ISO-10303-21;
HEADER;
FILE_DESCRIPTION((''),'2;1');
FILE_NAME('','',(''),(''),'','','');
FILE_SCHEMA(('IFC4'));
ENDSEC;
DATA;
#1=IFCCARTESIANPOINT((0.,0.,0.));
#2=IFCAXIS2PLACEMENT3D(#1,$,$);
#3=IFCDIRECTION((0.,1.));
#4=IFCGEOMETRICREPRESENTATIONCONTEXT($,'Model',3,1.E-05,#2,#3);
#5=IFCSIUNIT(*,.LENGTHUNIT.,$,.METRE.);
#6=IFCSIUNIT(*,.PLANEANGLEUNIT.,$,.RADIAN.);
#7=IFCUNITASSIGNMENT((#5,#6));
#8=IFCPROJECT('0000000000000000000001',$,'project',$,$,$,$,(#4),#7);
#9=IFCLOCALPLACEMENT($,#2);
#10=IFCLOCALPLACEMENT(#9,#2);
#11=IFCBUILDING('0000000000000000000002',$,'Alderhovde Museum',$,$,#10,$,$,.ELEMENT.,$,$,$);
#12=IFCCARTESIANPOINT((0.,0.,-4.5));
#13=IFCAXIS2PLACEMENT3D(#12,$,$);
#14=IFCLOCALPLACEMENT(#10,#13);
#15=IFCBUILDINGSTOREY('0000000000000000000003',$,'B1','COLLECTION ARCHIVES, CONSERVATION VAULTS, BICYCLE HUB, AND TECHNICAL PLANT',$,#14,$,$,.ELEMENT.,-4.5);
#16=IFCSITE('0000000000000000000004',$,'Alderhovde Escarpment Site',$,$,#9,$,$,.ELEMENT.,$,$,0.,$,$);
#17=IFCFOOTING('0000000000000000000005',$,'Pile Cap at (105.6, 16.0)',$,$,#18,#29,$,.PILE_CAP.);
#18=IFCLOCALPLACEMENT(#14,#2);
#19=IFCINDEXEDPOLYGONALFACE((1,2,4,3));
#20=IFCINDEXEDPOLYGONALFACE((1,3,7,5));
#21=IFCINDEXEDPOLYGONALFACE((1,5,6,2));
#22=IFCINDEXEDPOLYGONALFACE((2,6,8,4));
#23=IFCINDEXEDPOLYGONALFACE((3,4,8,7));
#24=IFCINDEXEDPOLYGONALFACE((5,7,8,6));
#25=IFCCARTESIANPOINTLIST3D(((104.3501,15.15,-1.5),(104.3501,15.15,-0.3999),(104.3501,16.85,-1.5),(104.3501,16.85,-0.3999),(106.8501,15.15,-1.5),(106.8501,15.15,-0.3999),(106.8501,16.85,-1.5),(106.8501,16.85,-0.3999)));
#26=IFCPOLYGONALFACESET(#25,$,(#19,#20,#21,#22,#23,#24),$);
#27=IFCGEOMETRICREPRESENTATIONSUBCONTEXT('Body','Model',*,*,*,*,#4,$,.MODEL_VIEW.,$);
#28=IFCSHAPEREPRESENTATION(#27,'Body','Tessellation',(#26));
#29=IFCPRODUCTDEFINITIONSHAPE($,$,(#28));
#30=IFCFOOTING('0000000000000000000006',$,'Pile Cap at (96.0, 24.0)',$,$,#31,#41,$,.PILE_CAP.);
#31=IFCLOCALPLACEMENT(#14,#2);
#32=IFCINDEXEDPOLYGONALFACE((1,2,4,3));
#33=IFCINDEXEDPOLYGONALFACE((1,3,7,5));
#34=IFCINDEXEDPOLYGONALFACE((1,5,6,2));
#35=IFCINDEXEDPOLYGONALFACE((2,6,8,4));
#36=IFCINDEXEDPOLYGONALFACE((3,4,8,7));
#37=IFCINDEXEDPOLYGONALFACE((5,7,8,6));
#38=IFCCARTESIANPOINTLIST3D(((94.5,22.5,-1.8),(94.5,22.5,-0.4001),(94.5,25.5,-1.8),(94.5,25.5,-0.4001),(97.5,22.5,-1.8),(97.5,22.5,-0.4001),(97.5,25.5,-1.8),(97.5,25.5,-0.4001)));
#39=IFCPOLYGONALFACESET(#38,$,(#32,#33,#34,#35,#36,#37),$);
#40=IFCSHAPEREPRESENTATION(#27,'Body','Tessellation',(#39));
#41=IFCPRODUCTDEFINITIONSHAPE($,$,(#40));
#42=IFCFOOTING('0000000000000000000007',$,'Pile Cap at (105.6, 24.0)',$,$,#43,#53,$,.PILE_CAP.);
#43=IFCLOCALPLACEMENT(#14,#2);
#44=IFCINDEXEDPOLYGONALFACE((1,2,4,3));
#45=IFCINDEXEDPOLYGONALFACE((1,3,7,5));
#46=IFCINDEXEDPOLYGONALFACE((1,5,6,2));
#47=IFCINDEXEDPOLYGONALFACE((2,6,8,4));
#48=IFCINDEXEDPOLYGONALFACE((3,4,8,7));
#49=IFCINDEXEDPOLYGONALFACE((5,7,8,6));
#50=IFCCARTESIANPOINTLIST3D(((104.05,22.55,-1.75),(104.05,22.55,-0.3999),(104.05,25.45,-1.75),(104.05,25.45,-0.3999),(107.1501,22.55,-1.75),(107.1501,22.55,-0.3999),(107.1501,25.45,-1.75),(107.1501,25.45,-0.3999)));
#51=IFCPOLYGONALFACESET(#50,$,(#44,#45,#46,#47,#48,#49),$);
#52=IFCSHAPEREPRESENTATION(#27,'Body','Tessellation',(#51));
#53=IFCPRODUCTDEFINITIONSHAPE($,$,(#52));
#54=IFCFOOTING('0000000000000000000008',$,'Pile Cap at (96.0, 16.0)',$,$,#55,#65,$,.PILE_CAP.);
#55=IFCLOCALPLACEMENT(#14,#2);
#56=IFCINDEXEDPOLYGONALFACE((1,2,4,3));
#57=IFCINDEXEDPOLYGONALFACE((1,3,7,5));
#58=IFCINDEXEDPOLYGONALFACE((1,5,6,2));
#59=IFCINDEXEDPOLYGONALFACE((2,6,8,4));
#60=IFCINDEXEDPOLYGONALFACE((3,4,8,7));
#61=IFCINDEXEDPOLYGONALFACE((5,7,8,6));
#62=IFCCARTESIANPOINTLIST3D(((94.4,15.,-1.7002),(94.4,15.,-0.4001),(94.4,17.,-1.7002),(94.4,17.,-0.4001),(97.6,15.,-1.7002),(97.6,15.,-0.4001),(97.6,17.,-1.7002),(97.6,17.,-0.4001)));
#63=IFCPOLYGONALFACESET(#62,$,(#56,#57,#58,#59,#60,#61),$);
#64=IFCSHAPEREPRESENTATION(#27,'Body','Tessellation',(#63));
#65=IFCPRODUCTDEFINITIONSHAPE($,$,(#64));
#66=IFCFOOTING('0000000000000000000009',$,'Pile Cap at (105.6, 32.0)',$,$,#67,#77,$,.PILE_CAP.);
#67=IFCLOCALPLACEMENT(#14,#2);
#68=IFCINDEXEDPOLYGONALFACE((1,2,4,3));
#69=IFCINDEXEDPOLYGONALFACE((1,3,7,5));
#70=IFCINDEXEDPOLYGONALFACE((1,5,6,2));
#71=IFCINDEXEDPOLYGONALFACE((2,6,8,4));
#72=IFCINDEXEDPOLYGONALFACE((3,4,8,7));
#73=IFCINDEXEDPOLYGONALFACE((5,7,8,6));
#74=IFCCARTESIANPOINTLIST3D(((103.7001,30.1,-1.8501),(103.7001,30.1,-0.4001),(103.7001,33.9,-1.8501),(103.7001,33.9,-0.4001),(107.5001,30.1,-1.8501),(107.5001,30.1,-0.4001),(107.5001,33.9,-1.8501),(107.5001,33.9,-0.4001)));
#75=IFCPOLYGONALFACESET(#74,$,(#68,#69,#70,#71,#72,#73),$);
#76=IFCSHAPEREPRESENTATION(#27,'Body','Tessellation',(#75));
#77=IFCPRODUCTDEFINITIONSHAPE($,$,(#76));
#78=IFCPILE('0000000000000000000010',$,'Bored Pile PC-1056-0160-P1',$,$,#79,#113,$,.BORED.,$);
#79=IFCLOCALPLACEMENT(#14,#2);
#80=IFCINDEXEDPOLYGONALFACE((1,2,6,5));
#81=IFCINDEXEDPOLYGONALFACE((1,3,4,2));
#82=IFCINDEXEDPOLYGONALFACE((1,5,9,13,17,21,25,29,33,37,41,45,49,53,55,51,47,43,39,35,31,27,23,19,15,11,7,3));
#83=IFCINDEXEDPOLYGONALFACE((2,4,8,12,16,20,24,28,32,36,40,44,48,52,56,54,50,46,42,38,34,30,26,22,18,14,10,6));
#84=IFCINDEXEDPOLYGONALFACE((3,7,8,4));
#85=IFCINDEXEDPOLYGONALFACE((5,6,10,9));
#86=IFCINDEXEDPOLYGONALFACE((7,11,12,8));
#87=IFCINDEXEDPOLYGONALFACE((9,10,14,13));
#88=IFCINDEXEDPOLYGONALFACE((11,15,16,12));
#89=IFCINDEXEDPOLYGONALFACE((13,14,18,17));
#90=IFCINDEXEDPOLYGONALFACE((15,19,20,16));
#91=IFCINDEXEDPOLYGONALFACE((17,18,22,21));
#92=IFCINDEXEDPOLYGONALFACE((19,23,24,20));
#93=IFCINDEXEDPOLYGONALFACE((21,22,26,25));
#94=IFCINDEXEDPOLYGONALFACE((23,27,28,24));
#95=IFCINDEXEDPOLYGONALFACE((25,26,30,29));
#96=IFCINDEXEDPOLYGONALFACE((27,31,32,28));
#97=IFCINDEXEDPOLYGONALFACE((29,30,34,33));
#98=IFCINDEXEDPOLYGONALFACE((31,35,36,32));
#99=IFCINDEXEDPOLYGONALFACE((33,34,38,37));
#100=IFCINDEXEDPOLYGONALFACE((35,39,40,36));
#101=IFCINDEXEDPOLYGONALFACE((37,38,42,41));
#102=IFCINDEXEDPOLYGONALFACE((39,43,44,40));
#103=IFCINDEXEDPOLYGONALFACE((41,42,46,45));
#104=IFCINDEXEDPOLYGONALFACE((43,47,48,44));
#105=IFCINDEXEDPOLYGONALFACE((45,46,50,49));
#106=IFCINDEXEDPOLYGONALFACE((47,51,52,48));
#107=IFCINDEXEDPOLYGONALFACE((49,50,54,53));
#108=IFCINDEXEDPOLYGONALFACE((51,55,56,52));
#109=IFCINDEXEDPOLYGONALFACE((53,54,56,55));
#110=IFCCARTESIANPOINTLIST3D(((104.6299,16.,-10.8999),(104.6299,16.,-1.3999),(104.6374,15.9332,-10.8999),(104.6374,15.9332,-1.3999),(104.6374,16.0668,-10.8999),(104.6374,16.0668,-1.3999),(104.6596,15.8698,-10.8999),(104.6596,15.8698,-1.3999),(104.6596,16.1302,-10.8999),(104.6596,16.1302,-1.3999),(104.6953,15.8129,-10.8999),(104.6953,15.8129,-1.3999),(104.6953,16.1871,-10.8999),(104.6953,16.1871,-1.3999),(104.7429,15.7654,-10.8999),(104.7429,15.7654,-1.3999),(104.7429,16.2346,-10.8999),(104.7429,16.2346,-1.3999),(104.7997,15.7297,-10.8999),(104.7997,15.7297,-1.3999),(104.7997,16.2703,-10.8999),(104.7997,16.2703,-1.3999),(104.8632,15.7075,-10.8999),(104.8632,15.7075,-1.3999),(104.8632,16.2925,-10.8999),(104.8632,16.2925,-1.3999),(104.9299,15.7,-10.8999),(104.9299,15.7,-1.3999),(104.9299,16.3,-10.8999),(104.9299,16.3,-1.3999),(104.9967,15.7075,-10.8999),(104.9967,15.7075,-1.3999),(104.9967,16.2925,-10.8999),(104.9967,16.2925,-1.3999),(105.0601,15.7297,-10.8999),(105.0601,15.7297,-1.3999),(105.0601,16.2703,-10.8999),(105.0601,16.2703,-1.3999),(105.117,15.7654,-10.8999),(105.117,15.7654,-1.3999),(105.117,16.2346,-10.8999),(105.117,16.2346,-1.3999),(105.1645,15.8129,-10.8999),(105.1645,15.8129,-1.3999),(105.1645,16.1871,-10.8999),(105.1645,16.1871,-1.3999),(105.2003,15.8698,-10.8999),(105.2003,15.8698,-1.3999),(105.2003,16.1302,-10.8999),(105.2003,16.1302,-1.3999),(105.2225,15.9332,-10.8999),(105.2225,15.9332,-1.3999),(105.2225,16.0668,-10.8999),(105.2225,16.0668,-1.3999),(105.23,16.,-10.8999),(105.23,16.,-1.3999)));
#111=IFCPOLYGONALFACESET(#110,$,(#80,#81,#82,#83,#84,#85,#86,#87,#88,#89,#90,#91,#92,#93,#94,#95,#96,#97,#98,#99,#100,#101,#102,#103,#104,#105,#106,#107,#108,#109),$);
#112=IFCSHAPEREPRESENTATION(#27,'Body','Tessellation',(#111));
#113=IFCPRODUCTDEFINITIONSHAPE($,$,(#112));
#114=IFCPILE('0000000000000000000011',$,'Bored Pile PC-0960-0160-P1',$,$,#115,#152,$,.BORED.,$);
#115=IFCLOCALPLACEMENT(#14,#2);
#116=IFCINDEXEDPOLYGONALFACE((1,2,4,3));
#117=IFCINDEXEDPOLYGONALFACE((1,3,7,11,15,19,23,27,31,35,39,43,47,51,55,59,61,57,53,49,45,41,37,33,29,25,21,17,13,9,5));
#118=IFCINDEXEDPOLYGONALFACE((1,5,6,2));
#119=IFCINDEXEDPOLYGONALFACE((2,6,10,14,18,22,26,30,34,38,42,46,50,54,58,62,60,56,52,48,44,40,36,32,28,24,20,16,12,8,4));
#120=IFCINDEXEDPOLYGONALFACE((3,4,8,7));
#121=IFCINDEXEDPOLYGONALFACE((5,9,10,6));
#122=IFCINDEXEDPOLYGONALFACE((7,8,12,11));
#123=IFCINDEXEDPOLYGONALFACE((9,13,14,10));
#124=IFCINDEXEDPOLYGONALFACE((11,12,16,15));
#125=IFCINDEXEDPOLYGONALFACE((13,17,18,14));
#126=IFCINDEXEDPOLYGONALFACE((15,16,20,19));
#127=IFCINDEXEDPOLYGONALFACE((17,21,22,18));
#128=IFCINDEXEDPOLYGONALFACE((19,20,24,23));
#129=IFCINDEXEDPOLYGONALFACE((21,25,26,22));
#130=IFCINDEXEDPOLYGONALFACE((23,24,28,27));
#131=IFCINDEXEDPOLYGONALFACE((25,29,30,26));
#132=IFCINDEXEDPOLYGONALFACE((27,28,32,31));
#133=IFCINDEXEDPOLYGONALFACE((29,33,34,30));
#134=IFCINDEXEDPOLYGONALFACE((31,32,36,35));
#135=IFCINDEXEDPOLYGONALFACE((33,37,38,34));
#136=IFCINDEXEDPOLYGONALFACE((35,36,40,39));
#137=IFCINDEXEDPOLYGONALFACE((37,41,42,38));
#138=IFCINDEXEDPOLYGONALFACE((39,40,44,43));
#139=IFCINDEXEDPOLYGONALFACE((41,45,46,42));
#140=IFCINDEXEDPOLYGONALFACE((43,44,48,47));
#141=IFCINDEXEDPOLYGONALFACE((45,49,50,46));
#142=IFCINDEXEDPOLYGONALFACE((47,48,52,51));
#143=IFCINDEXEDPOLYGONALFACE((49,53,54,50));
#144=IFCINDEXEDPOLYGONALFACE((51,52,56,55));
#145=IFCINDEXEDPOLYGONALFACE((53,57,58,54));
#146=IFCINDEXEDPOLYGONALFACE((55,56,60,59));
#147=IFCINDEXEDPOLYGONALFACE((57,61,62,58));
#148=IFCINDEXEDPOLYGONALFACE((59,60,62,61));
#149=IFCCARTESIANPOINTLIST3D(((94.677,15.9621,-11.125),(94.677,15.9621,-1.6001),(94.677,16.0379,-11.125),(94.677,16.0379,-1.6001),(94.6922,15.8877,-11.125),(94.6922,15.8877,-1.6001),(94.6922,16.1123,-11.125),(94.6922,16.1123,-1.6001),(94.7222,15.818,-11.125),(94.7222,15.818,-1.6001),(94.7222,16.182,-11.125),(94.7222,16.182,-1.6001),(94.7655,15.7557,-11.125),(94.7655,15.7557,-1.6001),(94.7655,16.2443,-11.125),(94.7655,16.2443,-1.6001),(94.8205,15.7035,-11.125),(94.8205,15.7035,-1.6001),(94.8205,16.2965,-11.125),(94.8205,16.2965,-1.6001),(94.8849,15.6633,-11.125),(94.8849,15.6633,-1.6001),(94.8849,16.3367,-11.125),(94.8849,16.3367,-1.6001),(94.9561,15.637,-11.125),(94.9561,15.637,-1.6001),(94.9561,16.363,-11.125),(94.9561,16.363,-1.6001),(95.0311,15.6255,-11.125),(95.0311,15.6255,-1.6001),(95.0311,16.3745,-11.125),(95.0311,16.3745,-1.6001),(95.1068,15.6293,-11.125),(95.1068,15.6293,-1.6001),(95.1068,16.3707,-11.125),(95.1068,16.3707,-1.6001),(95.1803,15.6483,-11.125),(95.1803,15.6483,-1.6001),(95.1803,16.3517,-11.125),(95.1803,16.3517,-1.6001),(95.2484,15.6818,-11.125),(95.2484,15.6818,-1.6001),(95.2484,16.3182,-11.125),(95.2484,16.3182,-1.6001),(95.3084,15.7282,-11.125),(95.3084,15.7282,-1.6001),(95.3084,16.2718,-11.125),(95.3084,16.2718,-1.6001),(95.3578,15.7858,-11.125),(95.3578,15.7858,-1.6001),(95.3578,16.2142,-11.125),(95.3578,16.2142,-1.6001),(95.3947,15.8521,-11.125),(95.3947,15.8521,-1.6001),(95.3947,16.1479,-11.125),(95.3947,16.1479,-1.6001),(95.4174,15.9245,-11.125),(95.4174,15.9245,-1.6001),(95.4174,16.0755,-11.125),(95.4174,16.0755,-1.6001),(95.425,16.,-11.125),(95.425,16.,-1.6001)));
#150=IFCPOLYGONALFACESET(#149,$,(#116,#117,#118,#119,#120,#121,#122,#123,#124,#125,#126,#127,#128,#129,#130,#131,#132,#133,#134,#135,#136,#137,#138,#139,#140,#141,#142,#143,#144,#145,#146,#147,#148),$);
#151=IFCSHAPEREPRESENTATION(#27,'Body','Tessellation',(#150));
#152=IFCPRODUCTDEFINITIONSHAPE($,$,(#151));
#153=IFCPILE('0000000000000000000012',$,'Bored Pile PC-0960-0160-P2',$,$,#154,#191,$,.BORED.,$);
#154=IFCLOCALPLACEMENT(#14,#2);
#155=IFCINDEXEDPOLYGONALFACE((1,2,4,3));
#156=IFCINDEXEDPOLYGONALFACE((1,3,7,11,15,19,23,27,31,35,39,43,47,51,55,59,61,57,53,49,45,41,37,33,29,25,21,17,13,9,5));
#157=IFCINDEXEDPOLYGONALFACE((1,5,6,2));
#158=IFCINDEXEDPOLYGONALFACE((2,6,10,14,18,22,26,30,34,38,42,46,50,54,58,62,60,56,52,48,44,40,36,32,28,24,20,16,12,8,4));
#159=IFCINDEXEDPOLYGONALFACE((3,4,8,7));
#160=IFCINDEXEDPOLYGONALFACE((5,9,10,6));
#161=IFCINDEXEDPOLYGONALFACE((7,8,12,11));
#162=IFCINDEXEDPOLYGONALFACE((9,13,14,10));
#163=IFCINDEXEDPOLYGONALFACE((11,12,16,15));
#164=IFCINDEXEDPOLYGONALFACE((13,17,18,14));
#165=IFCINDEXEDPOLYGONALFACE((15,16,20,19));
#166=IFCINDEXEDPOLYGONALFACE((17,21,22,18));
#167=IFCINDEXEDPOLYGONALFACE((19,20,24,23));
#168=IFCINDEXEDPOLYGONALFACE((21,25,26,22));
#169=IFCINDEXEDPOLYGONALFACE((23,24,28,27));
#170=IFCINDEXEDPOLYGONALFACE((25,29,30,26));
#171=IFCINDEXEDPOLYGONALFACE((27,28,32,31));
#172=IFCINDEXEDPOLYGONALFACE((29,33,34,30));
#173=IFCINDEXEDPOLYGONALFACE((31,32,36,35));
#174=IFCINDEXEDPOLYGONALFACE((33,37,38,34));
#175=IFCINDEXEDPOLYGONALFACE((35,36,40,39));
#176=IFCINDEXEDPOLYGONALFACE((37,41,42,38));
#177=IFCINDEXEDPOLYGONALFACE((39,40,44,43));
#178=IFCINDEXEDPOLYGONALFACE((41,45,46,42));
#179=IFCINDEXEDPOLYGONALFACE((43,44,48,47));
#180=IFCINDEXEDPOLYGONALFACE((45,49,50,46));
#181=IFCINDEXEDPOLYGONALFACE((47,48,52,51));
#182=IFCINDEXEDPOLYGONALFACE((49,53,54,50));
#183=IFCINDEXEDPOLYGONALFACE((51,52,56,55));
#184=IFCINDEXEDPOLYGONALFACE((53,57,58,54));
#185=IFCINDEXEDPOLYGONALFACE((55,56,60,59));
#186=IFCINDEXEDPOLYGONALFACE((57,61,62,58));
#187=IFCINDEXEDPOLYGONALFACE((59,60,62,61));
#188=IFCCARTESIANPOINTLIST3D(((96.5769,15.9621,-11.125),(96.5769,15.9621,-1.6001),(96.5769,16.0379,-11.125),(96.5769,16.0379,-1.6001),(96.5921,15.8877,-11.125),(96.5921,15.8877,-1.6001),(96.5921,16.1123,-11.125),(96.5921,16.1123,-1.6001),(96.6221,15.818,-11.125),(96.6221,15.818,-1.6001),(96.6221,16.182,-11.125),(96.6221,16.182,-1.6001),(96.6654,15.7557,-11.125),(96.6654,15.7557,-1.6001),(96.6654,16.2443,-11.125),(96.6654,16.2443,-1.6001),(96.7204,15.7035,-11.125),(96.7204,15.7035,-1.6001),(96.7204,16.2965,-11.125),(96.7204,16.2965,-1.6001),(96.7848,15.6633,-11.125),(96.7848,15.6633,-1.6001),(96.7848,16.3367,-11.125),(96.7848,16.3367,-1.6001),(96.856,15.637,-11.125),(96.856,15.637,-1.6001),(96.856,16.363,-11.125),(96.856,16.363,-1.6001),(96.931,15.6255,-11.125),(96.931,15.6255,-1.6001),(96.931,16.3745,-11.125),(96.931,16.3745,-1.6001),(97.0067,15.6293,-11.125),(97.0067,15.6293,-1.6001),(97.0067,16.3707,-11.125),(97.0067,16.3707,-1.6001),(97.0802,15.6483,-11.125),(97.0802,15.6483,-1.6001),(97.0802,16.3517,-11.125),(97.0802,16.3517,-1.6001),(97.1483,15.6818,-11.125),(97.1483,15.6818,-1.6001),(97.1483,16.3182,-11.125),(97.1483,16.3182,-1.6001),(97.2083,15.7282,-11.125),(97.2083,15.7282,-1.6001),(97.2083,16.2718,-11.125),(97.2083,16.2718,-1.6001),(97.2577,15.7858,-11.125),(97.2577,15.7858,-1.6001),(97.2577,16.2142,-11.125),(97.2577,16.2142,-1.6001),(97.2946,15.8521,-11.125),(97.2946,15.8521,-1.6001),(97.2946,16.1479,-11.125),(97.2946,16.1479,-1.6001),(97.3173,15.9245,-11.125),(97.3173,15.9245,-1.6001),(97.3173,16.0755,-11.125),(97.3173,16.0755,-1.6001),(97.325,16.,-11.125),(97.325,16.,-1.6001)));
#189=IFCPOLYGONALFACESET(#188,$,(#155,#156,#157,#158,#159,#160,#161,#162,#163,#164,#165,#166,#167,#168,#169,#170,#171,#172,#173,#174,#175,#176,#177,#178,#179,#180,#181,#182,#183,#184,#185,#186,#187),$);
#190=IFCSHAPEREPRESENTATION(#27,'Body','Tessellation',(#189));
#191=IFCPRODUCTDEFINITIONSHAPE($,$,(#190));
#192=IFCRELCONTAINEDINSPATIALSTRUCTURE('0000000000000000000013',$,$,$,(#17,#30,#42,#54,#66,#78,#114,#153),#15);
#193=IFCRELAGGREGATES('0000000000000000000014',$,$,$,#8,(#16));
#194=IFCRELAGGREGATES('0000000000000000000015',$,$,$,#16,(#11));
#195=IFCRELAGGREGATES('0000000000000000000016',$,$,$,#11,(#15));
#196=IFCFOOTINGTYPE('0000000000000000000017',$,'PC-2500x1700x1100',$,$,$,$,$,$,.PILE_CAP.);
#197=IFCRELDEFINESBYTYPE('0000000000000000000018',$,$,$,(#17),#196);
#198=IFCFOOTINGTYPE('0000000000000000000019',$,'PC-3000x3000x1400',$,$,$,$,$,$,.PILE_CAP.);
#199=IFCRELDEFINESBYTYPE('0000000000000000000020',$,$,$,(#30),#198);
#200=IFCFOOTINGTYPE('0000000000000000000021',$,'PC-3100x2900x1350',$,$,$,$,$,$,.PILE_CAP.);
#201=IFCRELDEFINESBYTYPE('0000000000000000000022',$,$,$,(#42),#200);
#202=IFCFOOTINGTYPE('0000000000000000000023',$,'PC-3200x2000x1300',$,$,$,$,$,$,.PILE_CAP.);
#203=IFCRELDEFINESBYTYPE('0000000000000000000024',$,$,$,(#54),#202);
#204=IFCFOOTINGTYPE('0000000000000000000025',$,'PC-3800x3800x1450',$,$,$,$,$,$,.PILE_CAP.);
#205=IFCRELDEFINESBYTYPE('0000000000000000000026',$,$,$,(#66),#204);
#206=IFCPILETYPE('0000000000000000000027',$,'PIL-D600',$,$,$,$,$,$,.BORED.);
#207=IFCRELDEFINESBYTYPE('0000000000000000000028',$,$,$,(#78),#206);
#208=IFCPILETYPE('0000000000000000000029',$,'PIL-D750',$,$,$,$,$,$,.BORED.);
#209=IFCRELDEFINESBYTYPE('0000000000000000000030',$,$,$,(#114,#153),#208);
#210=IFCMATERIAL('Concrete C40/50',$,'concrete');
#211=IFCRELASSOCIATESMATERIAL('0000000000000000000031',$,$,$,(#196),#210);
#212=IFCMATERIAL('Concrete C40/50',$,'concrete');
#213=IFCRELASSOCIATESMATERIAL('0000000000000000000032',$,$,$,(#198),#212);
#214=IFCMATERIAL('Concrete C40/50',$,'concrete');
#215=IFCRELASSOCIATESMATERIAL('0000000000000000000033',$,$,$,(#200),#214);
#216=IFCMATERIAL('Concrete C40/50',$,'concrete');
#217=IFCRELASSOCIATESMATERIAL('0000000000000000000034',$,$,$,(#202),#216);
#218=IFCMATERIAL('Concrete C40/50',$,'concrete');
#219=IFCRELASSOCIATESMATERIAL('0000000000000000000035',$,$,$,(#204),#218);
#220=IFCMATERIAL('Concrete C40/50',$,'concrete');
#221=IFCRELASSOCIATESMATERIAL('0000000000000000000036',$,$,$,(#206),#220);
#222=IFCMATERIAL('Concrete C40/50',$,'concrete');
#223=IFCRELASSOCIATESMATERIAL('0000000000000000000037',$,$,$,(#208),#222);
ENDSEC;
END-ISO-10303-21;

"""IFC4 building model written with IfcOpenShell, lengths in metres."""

from ifc_helpers import new_model, si_unit, direction, frame, origin, origin_2d, place, context, subcontext, project, spatial, rectangle, circle, extrude, material, material_profile, profile_set, type_object, element, save


model = new_model("IFC4")

# Units and contexts
model_context = context("Model", 3, precision=1e-05, world=origin(), true_north=direction((0.0, 1.0)))
body_context = subcontext(model_context, "Body", "Model", "MODEL_VIEW")
ifc_project = project(units=[si_unit("LENGTHUNIT", "METRE"), si_unit("PLANEANGLEUNIT", "RADIAN")], contexts=[model_context])

# Site, building, storey
site_placement = place(None, origin())
site = spatial("IfcSite", under=ifc_project, at=site_placement, Name="Alderhovde Escarpment Site", CompositionType="ELEMENT", RefElevation=0.0)
building_placement = place(site_placement, origin())
building = spatial("IfcBuilding", under=site, at=building_placement, Name="Alderhovde Museum", CompositionType="ELEMENT")
storey_placement = place(building_placement, frame((0.0, 0.0, -4.5)))
storey = spatial("IfcBuildingStorey", under=building, at=storey_placement, Name="B1", Description="COLLECTION ARCHIVES, CONSERVATION VAULTS, BICYCLE HUB, AND TECHNICAL PLANT", CompositionType="ELEMENT", Elevation=-4.5)

# Footings
ifc_material_1 = material(Name="Concrete C40/50", Category="concrete")
footing_type_1 = type_object("IfcFootingType", Name="PC-2500x1700x1100", PredefinedType="PILE_CAP", material=ifc_material_1)
footing_1_placement = place(storey_placement, frame((105.6001, 16.0, -1.5), z_axis=(0.0, 0.0, 1.0), x_axis=(1.0, 0.0, 0.0)))
element("IfcFooting", 1, at=footing_1_placement, inside=storey, type_object=footing_type_1, Name="Pile Cap at (105.6, 16.0)", PredefinedType="PILE_CAP", context=body_context, shape_type="SweptSolid", body=[
    extrude(rectangle(XDim=2.5, YDim=1.7, at=origin_2d()), origin(), (0.0, 0.0, 1.0), 1.1001),
])
ifc_material_2 = material(Name="Concrete C40/50", Category="concrete")
footing_type_2 = type_object("IfcFootingType", Name="PC-3000x3000x1400", PredefinedType="PILE_CAP", material=ifc_material_2)
footing_2_placement = place(storey_placement, frame((96.0, 24.0, -1.8), z_axis=(0.0, 0.0, 1.0), x_axis=(1.0, 0.0, 0.0)))
element("IfcFooting", 2, at=footing_2_placement, inside=storey, type_object=footing_type_2, Name="Pile Cap at (96.0, 24.0)", PredefinedType="PILE_CAP", context=body_context, shape_type="SweptSolid", body=[
    extrude(rectangle(XDim=3.0, YDim=3.0, at=origin_2d()), origin(), (0.0, 0.0, 1.0), 1.3999),
])
ifc_material_3 = material(Name="Concrete C40/50", Category="concrete")
footing_type_3 = type_object("IfcFootingType", Name="PC-3100x2900x1350", PredefinedType="PILE_CAP", material=ifc_material_3)
footing_3_placement = place(storey_placement, frame((105.6001, 24.0, -1.75), z_axis=(0.0, 0.0, 1.0), x_axis=(1.0, 0.0, 0.0)))
element("IfcFooting", 3, at=footing_3_placement, inside=storey, type_object=footing_type_3, Name="Pile Cap at (105.6, 24.0)", PredefinedType="PILE_CAP", context=body_context, shape_type="SweptSolid", body=[
    extrude(rectangle(XDim=3.1001, YDim=2.8999, at=origin_2d()), origin(), (0.0, 0.0, 1.0), 1.3501),
])
ifc_material_4 = material(Name="Concrete C40/50", Category="concrete")
footing_type_4 = type_object("IfcFootingType", Name="PC-3200x2000x1300", PredefinedType="PILE_CAP", material=ifc_material_4)
footing_4_placement = place(storey_placement, frame((96.0, 16.0, -1.7002), z_axis=(0.0, 0.0, 1.0), x_axis=(1.0, 0.0, 0.0)))
element("IfcFooting", 4, at=footing_4_placement, inside=storey, type_object=footing_type_4, Name="Pile Cap at (96.0, 16.0)", PredefinedType="PILE_CAP", context=body_context, shape_type="SweptSolid", body=[
    extrude(rectangle(XDim=3.2, YDim=2.0, at=origin_2d()), origin(), (0.0, 0.0, 1.0), 1.3),
])
ifc_material_5 = material(Name="Concrete C40/50", Category="concrete")
footing_type_5 = type_object("IfcFootingType", Name="PC-3800x3800x1450", PredefinedType="PILE_CAP", material=ifc_material_5)
footing_5_placement = place(storey_placement, frame((105.6001, 32.0, -1.8501), z_axis=(0.0, 0.0, 1.0), x_axis=(1.0, 0.0, 0.0)))
element("IfcFooting", 5, at=footing_5_placement, inside=storey, type_object=footing_type_5, Name="Pile Cap at (105.6, 32.0)", PredefinedType="PILE_CAP", context=body_context, shape_type="SweptSolid", body=[
    extrude(rectangle(XDim=3.8, YDim=3.8, at=origin_2d()), origin(), (0.0, 0.0, 1.0), 1.45),
])

# Piles
ifc_material_6 = material(Name="Concrete C40/50", Category="concrete")
ifc_material_profile_1 = material_profile(ifc_material_6, circle(Radius=0.3, at=origin_2d()), Name="PILE-D600")
ifc_profile_set_1 = profile_set([ifc_material_profile_1], Name="Concrete C40/50")
pile_type_1 = type_object("IfcPileType", Name="PIL-D600", PredefinedType="BORED", material=ifc_profile_set_1)
pile_1_placement = place(storey_placement, frame((104.9299, 16.0, -1.3999), z_axis=(0.0, 0.0, -1.0), x_axis=(1.0, 0.0, 0.0)))
element("IfcPile", 6, at=pile_1_placement, inside=storey, type_object=pile_type_1, Name="Bored Pile PC-1056-0160-P1", PredefinedType="BORED", context=body_context, shape_type="SweptSolid", body=[
    extrude(circle(Radius=0.3, at=origin_2d()), origin(), (0.0, 0.0, 1.0), 9.5),
])
ifc_material_7 = material(Name="Concrete C40/50", Category="concrete")
ifc_material_profile_2 = material_profile(ifc_material_7, circle(Radius=0.375, at=origin_2d()), Name="PILE-D750")
ifc_profile_set_2 = profile_set([ifc_material_profile_2], Name="Concrete C40/50")
pile_type_2 = type_object("IfcPileType", Name="PIL-D750", PredefinedType="BORED", material=ifc_profile_set_2)
for number, where, z_axis, x_axis, name in (
    (7, (95.05, 16.0, -1.6001), (0.0, 0.0, -1.0), (1.0, 0.0, 0.0), "Bored Pile PC-0960-0160-P1"),
    (8, (96.95, 16.0, -1.6001), (0.0, 0.0, -1.0), (1.0, 0.0, 0.0), "Bored Pile PC-0960-0160-P2"),
):
    element("IfcPile", number, at=place(storey_placement, frame(where, z_axis=z_axis, x_axis=x_axis)), inside=storey, type_object=pile_type_2, Name=name, PredefinedType="BORED", context=body_context, shape_type="SweptSolid", body=[
        extrude(circle(Radius=0.375, at=origin_2d()), origin(), (0.0, 0.0, 1.0), 9.5249),
    ])

save(model, "model.ifc")
